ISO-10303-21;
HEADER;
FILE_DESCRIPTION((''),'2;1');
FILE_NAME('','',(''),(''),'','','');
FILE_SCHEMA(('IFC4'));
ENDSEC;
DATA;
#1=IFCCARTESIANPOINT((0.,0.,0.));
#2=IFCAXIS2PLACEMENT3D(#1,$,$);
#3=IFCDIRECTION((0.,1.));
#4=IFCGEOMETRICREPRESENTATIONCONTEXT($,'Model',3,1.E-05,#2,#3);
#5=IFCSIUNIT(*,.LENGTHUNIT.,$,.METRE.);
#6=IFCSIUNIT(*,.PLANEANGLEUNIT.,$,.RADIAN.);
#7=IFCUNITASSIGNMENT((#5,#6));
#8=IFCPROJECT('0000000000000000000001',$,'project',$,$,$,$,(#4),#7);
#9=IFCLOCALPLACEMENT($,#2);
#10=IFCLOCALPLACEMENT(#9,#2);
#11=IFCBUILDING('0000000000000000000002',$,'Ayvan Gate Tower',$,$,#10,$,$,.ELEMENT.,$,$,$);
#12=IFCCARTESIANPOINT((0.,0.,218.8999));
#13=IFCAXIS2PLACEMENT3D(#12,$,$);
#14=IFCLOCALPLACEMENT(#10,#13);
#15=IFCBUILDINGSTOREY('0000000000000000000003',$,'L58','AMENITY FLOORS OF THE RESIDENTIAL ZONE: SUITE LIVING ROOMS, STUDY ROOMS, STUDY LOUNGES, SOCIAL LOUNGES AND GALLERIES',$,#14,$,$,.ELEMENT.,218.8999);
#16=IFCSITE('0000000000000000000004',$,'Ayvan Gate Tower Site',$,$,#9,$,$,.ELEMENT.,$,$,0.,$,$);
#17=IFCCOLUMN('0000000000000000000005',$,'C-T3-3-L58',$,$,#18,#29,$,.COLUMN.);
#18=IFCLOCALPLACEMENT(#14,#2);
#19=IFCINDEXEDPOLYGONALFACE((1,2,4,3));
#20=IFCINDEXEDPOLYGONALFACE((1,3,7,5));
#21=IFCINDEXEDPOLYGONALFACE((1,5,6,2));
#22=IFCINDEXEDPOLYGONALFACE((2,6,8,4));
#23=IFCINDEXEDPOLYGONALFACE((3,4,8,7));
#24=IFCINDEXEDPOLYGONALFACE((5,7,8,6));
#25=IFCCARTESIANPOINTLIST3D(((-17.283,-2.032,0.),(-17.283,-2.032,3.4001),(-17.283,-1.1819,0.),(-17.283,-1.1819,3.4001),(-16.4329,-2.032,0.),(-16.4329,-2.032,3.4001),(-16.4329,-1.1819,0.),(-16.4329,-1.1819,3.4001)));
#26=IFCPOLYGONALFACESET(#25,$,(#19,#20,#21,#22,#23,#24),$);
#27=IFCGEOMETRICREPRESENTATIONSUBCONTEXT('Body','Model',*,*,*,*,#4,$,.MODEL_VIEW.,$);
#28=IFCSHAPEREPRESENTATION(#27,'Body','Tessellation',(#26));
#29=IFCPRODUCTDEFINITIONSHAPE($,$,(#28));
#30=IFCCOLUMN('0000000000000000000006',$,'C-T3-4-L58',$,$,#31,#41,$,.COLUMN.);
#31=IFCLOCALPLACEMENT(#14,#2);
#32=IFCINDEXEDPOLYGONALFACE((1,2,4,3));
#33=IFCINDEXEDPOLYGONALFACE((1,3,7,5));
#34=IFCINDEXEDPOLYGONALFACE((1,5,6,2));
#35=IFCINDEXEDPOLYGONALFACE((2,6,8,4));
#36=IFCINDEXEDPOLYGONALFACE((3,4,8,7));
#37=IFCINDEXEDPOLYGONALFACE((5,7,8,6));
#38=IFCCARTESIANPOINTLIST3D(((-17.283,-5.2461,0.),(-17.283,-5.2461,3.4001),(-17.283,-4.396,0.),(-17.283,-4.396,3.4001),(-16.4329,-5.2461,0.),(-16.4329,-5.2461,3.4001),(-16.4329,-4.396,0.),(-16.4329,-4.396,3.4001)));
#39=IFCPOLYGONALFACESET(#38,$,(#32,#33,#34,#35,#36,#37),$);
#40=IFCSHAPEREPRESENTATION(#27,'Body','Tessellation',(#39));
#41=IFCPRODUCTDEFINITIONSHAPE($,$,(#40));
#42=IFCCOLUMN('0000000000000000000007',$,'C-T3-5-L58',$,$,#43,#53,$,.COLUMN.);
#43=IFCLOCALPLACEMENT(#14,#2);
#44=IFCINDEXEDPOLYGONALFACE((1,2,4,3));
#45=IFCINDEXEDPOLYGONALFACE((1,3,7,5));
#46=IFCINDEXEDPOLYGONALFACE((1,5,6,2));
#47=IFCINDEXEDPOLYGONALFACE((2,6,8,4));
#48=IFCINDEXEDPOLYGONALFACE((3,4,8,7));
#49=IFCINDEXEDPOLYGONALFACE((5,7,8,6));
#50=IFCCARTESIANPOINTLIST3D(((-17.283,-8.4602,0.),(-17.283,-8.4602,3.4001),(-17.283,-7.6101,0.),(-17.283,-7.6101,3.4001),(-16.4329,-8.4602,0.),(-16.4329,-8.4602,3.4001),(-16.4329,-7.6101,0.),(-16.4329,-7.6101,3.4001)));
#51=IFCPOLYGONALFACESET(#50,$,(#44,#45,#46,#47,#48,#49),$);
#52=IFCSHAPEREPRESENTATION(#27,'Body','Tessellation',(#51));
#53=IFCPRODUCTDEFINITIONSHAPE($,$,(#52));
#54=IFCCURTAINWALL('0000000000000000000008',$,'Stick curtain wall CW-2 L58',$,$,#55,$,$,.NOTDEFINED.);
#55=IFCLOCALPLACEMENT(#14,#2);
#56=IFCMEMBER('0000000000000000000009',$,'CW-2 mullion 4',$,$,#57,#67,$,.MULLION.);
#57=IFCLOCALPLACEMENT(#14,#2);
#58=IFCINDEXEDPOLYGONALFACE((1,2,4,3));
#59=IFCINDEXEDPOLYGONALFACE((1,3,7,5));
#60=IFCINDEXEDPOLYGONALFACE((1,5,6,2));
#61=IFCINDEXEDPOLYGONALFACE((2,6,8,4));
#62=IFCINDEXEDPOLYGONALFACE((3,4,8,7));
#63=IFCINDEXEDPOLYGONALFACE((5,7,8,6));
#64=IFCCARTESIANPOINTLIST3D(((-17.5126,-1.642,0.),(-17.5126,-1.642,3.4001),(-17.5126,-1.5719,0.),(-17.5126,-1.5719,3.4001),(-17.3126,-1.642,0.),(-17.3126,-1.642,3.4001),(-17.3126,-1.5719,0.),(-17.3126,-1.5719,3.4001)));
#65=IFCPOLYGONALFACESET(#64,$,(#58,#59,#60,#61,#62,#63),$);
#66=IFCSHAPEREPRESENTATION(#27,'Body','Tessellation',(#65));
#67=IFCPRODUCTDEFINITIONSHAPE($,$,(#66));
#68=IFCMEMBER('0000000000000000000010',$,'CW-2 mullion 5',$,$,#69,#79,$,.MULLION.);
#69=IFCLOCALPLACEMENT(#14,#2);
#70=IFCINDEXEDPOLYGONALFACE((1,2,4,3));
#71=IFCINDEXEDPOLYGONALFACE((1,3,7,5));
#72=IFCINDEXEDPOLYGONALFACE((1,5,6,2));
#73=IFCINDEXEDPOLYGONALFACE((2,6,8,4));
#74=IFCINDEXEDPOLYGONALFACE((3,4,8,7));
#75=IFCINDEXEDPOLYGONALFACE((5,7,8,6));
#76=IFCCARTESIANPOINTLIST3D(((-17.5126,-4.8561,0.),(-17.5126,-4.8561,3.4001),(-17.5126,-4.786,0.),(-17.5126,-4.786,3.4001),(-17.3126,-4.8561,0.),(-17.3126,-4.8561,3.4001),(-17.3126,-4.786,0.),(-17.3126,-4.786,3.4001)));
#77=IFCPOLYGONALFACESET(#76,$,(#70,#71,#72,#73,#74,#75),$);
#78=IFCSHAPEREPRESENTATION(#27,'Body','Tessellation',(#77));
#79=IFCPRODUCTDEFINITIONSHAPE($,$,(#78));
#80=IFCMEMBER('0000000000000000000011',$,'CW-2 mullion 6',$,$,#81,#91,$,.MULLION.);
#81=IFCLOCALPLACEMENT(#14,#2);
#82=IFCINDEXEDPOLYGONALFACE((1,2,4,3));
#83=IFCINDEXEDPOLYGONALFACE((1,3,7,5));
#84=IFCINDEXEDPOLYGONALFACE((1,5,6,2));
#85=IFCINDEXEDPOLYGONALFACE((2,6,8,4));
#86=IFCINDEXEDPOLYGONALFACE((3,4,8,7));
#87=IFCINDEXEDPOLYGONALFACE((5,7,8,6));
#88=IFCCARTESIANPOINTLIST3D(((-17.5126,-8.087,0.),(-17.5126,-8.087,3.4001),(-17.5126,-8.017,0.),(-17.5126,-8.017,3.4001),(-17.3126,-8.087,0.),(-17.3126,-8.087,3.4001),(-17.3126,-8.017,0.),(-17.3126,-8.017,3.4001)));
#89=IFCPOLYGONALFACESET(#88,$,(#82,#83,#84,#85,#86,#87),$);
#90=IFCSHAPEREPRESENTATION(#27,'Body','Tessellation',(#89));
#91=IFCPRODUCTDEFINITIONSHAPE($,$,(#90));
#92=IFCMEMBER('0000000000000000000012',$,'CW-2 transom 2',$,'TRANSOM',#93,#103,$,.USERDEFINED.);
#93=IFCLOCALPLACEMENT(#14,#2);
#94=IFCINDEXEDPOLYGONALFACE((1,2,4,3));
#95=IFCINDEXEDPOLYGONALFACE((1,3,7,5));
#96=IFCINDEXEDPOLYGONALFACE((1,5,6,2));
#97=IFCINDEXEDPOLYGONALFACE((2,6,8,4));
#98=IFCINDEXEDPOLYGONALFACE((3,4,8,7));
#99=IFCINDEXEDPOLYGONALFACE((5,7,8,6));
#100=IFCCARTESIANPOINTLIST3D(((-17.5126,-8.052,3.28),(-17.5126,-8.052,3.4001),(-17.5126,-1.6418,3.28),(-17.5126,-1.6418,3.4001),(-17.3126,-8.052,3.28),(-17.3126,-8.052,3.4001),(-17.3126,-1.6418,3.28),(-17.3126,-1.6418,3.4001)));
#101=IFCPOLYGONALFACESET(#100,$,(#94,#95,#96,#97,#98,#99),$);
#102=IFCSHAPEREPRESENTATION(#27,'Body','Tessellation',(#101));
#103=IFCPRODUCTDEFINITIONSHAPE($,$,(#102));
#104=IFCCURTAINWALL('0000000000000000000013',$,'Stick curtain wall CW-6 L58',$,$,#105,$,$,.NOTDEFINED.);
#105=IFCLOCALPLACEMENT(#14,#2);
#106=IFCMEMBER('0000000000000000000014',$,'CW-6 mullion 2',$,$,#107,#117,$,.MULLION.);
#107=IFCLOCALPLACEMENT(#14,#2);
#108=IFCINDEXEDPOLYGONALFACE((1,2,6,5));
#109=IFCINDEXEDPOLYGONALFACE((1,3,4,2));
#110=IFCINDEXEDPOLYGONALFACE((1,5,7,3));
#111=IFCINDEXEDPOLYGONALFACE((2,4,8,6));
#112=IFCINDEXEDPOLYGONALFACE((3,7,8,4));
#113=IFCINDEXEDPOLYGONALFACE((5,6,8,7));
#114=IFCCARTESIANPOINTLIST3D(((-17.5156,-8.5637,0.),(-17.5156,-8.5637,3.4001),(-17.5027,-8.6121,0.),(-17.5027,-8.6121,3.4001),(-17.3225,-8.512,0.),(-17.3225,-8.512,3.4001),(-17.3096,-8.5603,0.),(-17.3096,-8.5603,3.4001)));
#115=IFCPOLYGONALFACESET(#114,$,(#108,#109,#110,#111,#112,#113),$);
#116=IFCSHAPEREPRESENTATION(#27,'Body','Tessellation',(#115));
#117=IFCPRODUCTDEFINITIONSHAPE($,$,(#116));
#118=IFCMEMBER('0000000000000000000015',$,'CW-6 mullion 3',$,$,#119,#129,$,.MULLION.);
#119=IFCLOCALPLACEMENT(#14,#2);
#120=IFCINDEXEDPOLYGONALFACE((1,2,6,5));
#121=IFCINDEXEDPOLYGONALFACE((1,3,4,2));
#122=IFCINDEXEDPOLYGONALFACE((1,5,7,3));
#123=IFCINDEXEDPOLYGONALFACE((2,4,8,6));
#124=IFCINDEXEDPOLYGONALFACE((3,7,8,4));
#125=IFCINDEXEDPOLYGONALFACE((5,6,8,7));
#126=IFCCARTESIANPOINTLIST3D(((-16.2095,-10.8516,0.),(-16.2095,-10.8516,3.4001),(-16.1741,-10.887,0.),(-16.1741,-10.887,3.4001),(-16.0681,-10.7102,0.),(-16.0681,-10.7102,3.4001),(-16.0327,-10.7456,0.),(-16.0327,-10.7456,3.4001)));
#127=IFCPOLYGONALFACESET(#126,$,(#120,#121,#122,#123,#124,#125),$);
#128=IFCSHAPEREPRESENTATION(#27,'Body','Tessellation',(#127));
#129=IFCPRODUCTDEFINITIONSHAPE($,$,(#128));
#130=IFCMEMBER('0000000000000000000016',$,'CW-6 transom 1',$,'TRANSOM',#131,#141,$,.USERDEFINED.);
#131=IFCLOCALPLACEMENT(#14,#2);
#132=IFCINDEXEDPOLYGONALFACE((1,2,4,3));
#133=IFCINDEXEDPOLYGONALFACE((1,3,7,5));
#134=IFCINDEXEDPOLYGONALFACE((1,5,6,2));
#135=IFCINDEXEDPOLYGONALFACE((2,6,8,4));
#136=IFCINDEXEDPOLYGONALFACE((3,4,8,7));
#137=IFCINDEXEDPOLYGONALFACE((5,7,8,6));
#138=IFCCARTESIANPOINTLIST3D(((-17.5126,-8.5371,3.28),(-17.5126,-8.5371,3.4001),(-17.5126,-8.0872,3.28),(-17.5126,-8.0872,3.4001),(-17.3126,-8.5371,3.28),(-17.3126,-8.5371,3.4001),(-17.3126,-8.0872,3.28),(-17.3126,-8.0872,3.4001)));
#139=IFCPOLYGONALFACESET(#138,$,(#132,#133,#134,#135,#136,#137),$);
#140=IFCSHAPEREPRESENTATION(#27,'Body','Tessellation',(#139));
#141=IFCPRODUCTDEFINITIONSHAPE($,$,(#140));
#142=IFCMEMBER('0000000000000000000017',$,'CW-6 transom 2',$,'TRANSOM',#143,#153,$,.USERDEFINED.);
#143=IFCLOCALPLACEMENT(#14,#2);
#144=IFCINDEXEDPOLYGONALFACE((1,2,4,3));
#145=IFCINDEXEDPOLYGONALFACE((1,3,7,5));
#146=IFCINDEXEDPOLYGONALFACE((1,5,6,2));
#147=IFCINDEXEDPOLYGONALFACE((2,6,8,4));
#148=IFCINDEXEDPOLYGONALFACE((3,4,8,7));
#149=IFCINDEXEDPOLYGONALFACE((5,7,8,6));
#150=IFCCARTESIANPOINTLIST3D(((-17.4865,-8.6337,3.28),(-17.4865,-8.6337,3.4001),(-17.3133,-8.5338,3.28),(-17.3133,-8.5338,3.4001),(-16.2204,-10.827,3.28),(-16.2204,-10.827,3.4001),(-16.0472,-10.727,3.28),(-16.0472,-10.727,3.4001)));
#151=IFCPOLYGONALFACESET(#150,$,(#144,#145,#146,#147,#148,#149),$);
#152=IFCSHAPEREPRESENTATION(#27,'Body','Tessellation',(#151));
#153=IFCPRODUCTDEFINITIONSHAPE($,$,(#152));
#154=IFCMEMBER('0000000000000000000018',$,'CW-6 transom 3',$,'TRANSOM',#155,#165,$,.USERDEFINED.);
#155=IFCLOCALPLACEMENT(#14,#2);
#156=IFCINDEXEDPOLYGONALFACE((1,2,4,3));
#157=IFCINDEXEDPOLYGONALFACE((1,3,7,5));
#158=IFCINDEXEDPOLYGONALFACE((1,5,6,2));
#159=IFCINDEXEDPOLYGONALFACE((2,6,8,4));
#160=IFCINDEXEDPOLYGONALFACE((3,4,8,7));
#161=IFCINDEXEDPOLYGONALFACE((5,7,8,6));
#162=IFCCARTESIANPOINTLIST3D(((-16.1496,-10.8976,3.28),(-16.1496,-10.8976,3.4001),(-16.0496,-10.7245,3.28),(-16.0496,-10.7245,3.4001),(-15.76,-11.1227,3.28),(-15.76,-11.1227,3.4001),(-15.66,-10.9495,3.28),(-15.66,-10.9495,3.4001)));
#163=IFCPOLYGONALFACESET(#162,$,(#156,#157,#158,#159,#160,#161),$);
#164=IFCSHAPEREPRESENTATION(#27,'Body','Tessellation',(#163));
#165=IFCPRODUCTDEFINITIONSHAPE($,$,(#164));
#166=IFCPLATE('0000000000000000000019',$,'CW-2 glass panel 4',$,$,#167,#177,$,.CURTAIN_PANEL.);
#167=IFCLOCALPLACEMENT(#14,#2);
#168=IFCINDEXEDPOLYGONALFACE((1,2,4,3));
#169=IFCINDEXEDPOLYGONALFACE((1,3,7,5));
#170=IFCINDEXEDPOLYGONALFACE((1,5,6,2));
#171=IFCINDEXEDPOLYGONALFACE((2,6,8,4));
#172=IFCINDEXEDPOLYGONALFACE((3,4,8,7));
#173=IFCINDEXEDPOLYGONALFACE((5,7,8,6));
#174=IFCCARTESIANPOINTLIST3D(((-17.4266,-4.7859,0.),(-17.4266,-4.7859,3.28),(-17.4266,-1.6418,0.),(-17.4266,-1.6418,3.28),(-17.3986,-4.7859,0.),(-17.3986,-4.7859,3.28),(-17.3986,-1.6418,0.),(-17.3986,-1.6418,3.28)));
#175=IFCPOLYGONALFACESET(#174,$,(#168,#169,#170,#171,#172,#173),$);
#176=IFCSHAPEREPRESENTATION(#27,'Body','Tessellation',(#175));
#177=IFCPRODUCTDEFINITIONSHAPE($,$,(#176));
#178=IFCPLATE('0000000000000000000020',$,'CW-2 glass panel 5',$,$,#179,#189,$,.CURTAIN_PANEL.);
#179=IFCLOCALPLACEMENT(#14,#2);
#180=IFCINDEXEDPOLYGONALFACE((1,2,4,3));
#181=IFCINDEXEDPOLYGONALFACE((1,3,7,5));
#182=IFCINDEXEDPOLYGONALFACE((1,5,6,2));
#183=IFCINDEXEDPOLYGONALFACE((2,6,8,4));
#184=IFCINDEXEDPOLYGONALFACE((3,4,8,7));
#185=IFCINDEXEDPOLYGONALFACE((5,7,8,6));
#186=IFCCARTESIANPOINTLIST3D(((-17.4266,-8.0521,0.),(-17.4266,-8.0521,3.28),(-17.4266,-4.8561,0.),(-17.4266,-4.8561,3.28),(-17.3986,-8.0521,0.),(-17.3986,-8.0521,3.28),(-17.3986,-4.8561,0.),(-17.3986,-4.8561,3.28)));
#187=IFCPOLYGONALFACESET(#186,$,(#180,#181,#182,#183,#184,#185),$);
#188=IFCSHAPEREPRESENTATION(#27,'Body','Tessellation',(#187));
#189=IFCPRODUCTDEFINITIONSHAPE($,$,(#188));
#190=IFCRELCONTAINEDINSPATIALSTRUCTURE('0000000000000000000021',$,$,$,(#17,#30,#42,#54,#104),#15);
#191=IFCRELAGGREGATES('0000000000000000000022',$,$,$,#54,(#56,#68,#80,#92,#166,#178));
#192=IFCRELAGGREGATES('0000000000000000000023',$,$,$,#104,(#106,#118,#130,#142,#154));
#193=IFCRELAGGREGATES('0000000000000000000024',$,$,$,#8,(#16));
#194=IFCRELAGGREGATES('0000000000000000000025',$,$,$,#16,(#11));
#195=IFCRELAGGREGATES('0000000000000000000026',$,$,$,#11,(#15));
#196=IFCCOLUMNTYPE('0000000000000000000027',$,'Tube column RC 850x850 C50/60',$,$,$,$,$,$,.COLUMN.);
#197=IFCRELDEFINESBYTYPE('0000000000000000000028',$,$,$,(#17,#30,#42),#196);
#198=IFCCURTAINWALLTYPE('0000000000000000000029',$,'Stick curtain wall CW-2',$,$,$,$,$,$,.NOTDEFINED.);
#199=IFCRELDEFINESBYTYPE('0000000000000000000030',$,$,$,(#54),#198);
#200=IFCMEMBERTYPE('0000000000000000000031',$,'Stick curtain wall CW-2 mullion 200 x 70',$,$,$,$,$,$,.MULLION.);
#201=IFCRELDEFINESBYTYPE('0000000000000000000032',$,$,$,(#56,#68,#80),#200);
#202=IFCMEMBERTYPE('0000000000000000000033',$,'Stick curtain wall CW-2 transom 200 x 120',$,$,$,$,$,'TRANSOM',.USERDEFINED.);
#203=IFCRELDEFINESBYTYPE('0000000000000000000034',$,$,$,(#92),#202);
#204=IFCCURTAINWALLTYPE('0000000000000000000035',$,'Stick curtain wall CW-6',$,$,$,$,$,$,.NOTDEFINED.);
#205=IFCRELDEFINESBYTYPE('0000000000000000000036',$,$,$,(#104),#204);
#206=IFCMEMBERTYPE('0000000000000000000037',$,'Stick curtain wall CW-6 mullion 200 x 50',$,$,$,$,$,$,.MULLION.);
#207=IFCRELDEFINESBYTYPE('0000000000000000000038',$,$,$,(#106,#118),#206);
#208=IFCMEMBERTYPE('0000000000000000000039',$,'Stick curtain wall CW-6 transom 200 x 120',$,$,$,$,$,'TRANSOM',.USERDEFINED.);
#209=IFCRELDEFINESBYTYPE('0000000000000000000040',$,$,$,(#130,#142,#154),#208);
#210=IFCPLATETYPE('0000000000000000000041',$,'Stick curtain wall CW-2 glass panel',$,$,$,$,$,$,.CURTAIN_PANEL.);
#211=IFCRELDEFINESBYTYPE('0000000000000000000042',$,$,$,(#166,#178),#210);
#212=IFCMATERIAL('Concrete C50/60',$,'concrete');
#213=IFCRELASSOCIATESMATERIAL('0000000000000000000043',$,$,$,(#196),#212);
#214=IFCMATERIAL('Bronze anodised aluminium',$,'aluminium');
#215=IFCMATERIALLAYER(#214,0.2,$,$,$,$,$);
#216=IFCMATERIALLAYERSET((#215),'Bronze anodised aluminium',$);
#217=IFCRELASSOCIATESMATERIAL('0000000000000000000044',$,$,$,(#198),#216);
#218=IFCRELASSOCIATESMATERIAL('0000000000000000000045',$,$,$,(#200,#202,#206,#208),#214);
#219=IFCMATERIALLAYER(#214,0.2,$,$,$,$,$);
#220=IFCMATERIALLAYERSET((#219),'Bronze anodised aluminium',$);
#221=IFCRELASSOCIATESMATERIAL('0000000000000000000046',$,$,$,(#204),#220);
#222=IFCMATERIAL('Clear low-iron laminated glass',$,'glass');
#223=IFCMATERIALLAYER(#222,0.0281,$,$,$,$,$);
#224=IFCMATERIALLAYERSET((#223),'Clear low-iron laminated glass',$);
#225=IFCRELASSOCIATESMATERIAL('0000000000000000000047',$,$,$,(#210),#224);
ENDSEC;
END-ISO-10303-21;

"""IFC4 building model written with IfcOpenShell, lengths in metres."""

from ifc_helpers import new_model, si_unit, direction, frame, origin, origin_2d, place, context, subcontext, project, spatial, rectangle, extrude, material, layer, layer_set, material_profile, profile_set, type_object, element, aggregate, save


model = new_model("IFC4")

# Units and contexts
model_context = context("Model", 3, precision=1e-05, world=origin(), true_north=direction((0.0, 1.0)))
body_context = subcontext(model_context, "Body", "Model", "MODEL_VIEW")
ifc_project = project(units=[si_unit("LENGTHUNIT", "METRE"), si_unit("PLANEANGLEUNIT", "RADIAN")], contexts=[model_context])

# Site, building, storey
site_placement = place(None, origin())
site = spatial("IfcSite", under=ifc_project, at=site_placement, Name="Ayvan Gate Tower Site", CompositionType="ELEMENT", RefElevation=0.0)
building_placement = place(site_placement, origin())
building = spatial("IfcBuilding", under=site, at=building_placement, Name="Ayvan Gate Tower", CompositionType="ELEMENT")
storey_placement = place(building_placement, frame((0.0, 0.0, 218.8999)))
storey = spatial("IfcBuildingStorey", under=building, at=storey_placement, Name="L58", Description="AMENITY FLOORS OF THE RESIDENTIAL ZONE: SUITE LIVING ROOMS, STUDY ROOMS, STUDY LOUNGES, SOCIAL LOUNGES AND GALLERIES", CompositionType="ELEMENT", Elevation=218.8999)

# Columns
ifc_material_1 = material(Name="Concrete C50/60", Category="concrete")
ifc_material_profile_1 = material_profile(ifc_material_1, rectangle(XDim=0.8501, YDim=0.8501, at=origin_2d()), Name="RC 850x850")
ifc_profile_set_1 = profile_set([ifc_material_profile_1], Name="Concrete C50/60")
column_type = type_object("IfcColumnType", Name="Tube column RC 850x850 C50/60", PredefinedType="COLUMN", material=ifc_profile_set_1)
for number, where, z_axis, x_axis, name in (
    (1, (-16.8579, -1.6069, 0.0), (0.0, 0.0, 1.0), (-1.0, 0.0, 0.0), "C-T3-3-L58"),
    (2, (-16.8579, -4.821, 0.0), (0.0, 0.0, 1.0), (-1.0, 0.0, 0.0), "C-T3-4-L58"),
    (3, (-16.8579, -8.0352, 0.0), (0.0, 0.0, 1.0), (-1.0, 0.0, 0.0), "C-T3-5-L58"),
):
    element("IfcColumn", number, at=place(storey_placement, frame(where, z_axis=z_axis, x_axis=x_axis)), inside=storey, type_object=column_type, Name=name, PredefinedType="COLUMN", context=body_context, shape_type="SweptSolid", body=[
        extrude(rectangle(XDim=0.8501, YDim=0.8501, at=origin_2d()), origin(), (0.0, 0.0, 1.0), 3.4001),
    ])

# Curtain walls, members
ifc_material_2 = material(Name="Bronze anodised aluminium", Category="aluminium")
ifc_layer_1 = layer(ifc_material_2, 0.2)
ifc_layer_set_1 = layer_set([ifc_layer_1], Name="Bronze anodised aluminium")
curtain_wall_type_1 = type_object("IfcCurtainWallType", Name="Stick curtain wall CW-2", PredefinedType="NOTDEFINED", material=ifc_layer_set_1)
curtain_wall_1_placement = place(storey_placement, origin())
curtain_wall_1 = element("IfcCurtainWall", 4, at=curtain_wall_1_placement, inside=storey, type_object=curtain_wall_type_1, Name="Stick curtain wall CW-2 L58", PredefinedType="NOTDEFINED")
ifc_material_profile_2 = material_profile(ifc_material_2, rectangle(XDim=0.2, YDim=0.0701, at=origin_2d()), Name="Stick curtain wall CW-2 mullion 200 x 70")
ifc_profile_set_2 = profile_set([ifc_material_profile_2], Name="Bronze anodised aluminium")
member_type_1 = type_object("IfcMemberType", Name="Stick curtain wall CW-2 mullion 200 x 70", PredefinedType="MULLION", material=ifc_profile_set_2)
member_1_placement = place(storey_placement, frame((-17.4126, -1.6069, 0.0), z_axis=(0.0, 0.0, 1.0), x_axis=(-1.0, 0.0, 0.0)))
member_1 = element("IfcMember", 5, at=member_1_placement, type_object=member_type_1, Name="CW-2 mullion 4", PredefinedType="MULLION", context=body_context, shape_type="SweptSolid", body=[
    extrude(rectangle(XDim=0.2, YDim=0.0701, at=origin_2d()), origin(), (0.0, 0.0, 1.0), 3.4001),
])
member_2_placement = place(storey_placement, frame((-17.4126, -4.821, 0.0), z_axis=(0.0, 0.0, 1.0), x_axis=(-1.0, 0.0, 0.0)))
member_2 = element("IfcMember", 6, at=member_2_placement, type_object=member_type_1, Name="CW-2 mullion 5", PredefinedType="MULLION", context=body_context, shape_type="SweptSolid", body=[
    extrude(rectangle(XDim=0.2, YDim=0.0701, at=origin_2d()), origin(), (0.0, 0.0, 1.0), 3.4001),
])
member_3_placement = place(storey_placement, frame((-17.4126, -8.052, 0.0), z_axis=(0.0, 0.0, 1.0), x_axis=(-1.0, 0.0, 0.0)))
member_3 = element("IfcMember", 7, at=member_3_placement, type_object=member_type_1, Name="CW-2 mullion 6", PredefinedType="MULLION", context=body_context, shape_type="SweptSolid", body=[
    extrude(rectangle(XDim=0.2, YDim=0.0701, at=origin_2d()), origin(), (0.0, 0.0, 1.0), 3.4001),
])
ifc_material_profile_3 = material_profile(ifc_material_2, rectangle(XDim=0.2, YDim=0.1201, at=origin_2d()), Name="Stick curtain wall CW-2 transom 200 x 120")
ifc_profile_set_3 = profile_set([ifc_material_profile_3], Name="Bronze anodised aluminium")
member_type_2 = type_object("IfcMemberType", Name="Stick curtain wall CW-2 transom 200 x 120", ElementType="TRANSOM", PredefinedType="USERDEFINED", material=ifc_profile_set_3)
member_4_placement = place(storey_placement, frame((-17.4126, -1.6418, 3.3401), z_axis=(0.0, -1.0, 0.0), x_axis=(1.0, 0.0, 0.0)))
member_4 = element("IfcMember", 8, at=member_4_placement, type_object=member_type_2, Name="CW-2 transom 2", ObjectType="TRANSOM", PredefinedType="USERDEFINED", context=body_context, shape_type="SweptSolid", body=[
    extrude(rectangle(XDim=0.2, YDim=0.1201, at=origin_2d()), origin(), (0.0, 0.0, 1.0), 6.4102),
])
ifc_layer_2 = layer(ifc_material_2, 0.2)
ifc_layer_set_2 = layer_set([ifc_layer_2], Name="Bronze anodised aluminium")
curtain_wall_type_2 = type_object("IfcCurtainWallType", Name="Stick curtain wall CW-6", PredefinedType="NOTDEFINED", material=ifc_layer_set_2)
curtain_wall_2_placement = place(storey_placement, origin())
curtain_wall_2 = element("IfcCurtainWall", 9, at=curtain_wall_2_placement, inside=storey, type_object=curtain_wall_type_2, Name="Stick curtain wall CW-6 L58", PredefinedType="NOTDEFINED")
ifc_material_profile_4 = material_profile(ifc_material_2, rectangle(XDim=0.2, YDim=0.05, at=origin_2d()), Name="Stick curtain wall CW-6 mullion 200 x 50")
ifc_profile_set_4 = profile_set([ifc_material_profile_4], Name="Bronze anodised aluminium")
member_type_3 = type_object("IfcMemberType", Name="Stick curtain wall CW-6 mullion 200 x 50", PredefinedType="MULLION", material=ifc_profile_set_4)
member_5_placement = place(storey_placement, frame((-17.4126, -8.562, 0.0), z_axis=(0.0, 0.0, 1.0), x_axis=(-0.965926, -0.258819, 0.0)))
member_5 = element("IfcMember", 10, at=member_5_placement, type_object=member_type_3, Name="CW-6 mullion 2", PredefinedType="MULLION", context=body_context, shape_type="SweptSolid", body=[
    extrude(rectangle(XDim=0.2, YDim=0.05, at=origin_2d()), origin(), (0.0, 0.0, 1.0), 3.4001),
])
member_6_placement = place(storey_placement, frame((-16.1211, -10.7986, 0.0), z_axis=(0.0, 0.0, 1.0), x_axis=(-0.707107, -0.707107, 0.0)))
member_6 = element("IfcMember", 11, at=member_6_placement, type_object=member_type_3, Name="CW-6 mullion 3", PredefinedType="MULLION", context=body_context, shape_type="SweptSolid", body=[
    extrude(rectangle(XDim=0.2, YDim=0.05, at=origin_2d()), origin(), (0.0, 0.0, 1.0), 3.4001),
])
ifc_material_profile_5 = material_profile(ifc_material_2, rectangle(XDim=0.2, YDim=0.1201, at=origin_2d()), Name="Stick curtain wall CW-6 transom 200 x 120")
ifc_profile_set_5 = profile_set([ifc_material_profile_5], Name="Bronze anodised aluminium")
member_type_4 = type_object("IfcMemberType", Name="Stick curtain wall CW-6 transom 200 x 120", ElementType="TRANSOM", PredefinedType="USERDEFINED", material=ifc_profile_set_5)
member_7_placement = place(storey_placement, frame((-17.4126, -8.0872, 3.3401), z_axis=(0.0, -1.0, 0.0), x_axis=(1.0, 0.0, 0.0)))
member_7 = element("IfcMember", 12, at=member_7_placement, type_object=member_type_4, Name="CW-6 transom 1", ObjectType="TRANSOM", PredefinedType="USERDEFINED", context=body_context, shape_type="SweptSolid", body=[
    extrude(rectangle(XDim=0.2, YDim=0.1201, at=origin_2d()), origin(), (0.0, 0.0, 1.0), 0.45),
])
member_8_placement = place(storey_placement, frame((-17.3999, -8.5837, 3.3401), z_axis=(0.499934, -0.866064, 0.0), x_axis=(0.866064, 0.499934, 0.0)))
member_8 = element("IfcMember", 13, at=member_8_placement, type_object=member_type_4, Name="CW-6 transom 2", ObjectType="TRANSOM", PredefinedType="USERDEFINED", context=body_context, shape_type="SweptSolid", body=[
    extrude(rectangle(XDim=0.2, YDim=0.1201, at=origin_2d()), origin(), (0.0, 0.0, 1.0), 2.5325),
])
member_9_placement = place(storey_placement, frame((-16.0996, -10.811, 3.3401), z_axis=(0.865896, -0.500223, 0.0), x_axis=(0.500223, 0.865896, 0.0)))
member_9 = element("IfcMember", 14, at=member_9_placement, type_object=member_type_4, Name="CW-6 transom 3", ObjectType="TRANSOM", PredefinedType="USERDEFINED", context=body_context, shape_type="SweptSolid", body=[
    extrude(rectangle(XDim=0.2, YDim=0.1201, at=origin_2d()), origin(), (0.0, 0.0, 1.0), 0.45),
])

# Plates
ifc_material_3 = material(Name="Clear low-iron laminated glass", Category="glass")
ifc_layer_3 = layer(ifc_material_3, 0.0281)
ifc_layer_set_3 = layer_set([ifc_layer_3], Name="Clear low-iron laminated glass")
plate_type_1 = type_object("IfcPlateType", Name="Stick curtain wall CW-2 glass panel", PredefinedType="CURTAIN_PANEL", material=ifc_layer_set_3)
plate_1_placement = place(storey_placement, frame((-17.4126, -3.2139, 0.0), z_axis=(0.0, 0.0, 1.0), x_axis=(0.0, -1.0, 0.0)))
plate_1 = element("IfcPlate", 15, at=plate_1_placement, type_object=plate_type_1, Name="CW-2 glass panel 4", PredefinedType="CURTAIN_PANEL", context=body_context, shape_type="SweptSolid", body=[
    extrude(rectangle(XDim=3.144, YDim=0.0281, at=origin_2d()), origin(), (0.0, 0.0, 1.0), 3.28),
])
plate_2_placement = place(storey_placement, frame((-17.4126, -6.4541, 0.0), z_axis=(0.0, 0.0, 1.0), x_axis=(0.0, -1.0, 0.0)))
plate_2 = element("IfcPlate", 16, at=plate_2_placement, type_object=plate_type_1, Name="CW-2 glass panel 5", PredefinedType="CURTAIN_PANEL", context=body_context, shape_type="SweptSolid", body=[
    extrude(rectangle(XDim=3.196, YDim=0.0281, at=origin_2d()), origin(), (0.0, 0.0, 1.0), 3.28),
])
aggregate(curtain_wall_1, [member_1, member_2, member_3, member_4, plate_1, plate_2])
aggregate(curtain_wall_2, [member_5, member_6, member_7, member_8, member_9])

save(model, "model.ifc")
